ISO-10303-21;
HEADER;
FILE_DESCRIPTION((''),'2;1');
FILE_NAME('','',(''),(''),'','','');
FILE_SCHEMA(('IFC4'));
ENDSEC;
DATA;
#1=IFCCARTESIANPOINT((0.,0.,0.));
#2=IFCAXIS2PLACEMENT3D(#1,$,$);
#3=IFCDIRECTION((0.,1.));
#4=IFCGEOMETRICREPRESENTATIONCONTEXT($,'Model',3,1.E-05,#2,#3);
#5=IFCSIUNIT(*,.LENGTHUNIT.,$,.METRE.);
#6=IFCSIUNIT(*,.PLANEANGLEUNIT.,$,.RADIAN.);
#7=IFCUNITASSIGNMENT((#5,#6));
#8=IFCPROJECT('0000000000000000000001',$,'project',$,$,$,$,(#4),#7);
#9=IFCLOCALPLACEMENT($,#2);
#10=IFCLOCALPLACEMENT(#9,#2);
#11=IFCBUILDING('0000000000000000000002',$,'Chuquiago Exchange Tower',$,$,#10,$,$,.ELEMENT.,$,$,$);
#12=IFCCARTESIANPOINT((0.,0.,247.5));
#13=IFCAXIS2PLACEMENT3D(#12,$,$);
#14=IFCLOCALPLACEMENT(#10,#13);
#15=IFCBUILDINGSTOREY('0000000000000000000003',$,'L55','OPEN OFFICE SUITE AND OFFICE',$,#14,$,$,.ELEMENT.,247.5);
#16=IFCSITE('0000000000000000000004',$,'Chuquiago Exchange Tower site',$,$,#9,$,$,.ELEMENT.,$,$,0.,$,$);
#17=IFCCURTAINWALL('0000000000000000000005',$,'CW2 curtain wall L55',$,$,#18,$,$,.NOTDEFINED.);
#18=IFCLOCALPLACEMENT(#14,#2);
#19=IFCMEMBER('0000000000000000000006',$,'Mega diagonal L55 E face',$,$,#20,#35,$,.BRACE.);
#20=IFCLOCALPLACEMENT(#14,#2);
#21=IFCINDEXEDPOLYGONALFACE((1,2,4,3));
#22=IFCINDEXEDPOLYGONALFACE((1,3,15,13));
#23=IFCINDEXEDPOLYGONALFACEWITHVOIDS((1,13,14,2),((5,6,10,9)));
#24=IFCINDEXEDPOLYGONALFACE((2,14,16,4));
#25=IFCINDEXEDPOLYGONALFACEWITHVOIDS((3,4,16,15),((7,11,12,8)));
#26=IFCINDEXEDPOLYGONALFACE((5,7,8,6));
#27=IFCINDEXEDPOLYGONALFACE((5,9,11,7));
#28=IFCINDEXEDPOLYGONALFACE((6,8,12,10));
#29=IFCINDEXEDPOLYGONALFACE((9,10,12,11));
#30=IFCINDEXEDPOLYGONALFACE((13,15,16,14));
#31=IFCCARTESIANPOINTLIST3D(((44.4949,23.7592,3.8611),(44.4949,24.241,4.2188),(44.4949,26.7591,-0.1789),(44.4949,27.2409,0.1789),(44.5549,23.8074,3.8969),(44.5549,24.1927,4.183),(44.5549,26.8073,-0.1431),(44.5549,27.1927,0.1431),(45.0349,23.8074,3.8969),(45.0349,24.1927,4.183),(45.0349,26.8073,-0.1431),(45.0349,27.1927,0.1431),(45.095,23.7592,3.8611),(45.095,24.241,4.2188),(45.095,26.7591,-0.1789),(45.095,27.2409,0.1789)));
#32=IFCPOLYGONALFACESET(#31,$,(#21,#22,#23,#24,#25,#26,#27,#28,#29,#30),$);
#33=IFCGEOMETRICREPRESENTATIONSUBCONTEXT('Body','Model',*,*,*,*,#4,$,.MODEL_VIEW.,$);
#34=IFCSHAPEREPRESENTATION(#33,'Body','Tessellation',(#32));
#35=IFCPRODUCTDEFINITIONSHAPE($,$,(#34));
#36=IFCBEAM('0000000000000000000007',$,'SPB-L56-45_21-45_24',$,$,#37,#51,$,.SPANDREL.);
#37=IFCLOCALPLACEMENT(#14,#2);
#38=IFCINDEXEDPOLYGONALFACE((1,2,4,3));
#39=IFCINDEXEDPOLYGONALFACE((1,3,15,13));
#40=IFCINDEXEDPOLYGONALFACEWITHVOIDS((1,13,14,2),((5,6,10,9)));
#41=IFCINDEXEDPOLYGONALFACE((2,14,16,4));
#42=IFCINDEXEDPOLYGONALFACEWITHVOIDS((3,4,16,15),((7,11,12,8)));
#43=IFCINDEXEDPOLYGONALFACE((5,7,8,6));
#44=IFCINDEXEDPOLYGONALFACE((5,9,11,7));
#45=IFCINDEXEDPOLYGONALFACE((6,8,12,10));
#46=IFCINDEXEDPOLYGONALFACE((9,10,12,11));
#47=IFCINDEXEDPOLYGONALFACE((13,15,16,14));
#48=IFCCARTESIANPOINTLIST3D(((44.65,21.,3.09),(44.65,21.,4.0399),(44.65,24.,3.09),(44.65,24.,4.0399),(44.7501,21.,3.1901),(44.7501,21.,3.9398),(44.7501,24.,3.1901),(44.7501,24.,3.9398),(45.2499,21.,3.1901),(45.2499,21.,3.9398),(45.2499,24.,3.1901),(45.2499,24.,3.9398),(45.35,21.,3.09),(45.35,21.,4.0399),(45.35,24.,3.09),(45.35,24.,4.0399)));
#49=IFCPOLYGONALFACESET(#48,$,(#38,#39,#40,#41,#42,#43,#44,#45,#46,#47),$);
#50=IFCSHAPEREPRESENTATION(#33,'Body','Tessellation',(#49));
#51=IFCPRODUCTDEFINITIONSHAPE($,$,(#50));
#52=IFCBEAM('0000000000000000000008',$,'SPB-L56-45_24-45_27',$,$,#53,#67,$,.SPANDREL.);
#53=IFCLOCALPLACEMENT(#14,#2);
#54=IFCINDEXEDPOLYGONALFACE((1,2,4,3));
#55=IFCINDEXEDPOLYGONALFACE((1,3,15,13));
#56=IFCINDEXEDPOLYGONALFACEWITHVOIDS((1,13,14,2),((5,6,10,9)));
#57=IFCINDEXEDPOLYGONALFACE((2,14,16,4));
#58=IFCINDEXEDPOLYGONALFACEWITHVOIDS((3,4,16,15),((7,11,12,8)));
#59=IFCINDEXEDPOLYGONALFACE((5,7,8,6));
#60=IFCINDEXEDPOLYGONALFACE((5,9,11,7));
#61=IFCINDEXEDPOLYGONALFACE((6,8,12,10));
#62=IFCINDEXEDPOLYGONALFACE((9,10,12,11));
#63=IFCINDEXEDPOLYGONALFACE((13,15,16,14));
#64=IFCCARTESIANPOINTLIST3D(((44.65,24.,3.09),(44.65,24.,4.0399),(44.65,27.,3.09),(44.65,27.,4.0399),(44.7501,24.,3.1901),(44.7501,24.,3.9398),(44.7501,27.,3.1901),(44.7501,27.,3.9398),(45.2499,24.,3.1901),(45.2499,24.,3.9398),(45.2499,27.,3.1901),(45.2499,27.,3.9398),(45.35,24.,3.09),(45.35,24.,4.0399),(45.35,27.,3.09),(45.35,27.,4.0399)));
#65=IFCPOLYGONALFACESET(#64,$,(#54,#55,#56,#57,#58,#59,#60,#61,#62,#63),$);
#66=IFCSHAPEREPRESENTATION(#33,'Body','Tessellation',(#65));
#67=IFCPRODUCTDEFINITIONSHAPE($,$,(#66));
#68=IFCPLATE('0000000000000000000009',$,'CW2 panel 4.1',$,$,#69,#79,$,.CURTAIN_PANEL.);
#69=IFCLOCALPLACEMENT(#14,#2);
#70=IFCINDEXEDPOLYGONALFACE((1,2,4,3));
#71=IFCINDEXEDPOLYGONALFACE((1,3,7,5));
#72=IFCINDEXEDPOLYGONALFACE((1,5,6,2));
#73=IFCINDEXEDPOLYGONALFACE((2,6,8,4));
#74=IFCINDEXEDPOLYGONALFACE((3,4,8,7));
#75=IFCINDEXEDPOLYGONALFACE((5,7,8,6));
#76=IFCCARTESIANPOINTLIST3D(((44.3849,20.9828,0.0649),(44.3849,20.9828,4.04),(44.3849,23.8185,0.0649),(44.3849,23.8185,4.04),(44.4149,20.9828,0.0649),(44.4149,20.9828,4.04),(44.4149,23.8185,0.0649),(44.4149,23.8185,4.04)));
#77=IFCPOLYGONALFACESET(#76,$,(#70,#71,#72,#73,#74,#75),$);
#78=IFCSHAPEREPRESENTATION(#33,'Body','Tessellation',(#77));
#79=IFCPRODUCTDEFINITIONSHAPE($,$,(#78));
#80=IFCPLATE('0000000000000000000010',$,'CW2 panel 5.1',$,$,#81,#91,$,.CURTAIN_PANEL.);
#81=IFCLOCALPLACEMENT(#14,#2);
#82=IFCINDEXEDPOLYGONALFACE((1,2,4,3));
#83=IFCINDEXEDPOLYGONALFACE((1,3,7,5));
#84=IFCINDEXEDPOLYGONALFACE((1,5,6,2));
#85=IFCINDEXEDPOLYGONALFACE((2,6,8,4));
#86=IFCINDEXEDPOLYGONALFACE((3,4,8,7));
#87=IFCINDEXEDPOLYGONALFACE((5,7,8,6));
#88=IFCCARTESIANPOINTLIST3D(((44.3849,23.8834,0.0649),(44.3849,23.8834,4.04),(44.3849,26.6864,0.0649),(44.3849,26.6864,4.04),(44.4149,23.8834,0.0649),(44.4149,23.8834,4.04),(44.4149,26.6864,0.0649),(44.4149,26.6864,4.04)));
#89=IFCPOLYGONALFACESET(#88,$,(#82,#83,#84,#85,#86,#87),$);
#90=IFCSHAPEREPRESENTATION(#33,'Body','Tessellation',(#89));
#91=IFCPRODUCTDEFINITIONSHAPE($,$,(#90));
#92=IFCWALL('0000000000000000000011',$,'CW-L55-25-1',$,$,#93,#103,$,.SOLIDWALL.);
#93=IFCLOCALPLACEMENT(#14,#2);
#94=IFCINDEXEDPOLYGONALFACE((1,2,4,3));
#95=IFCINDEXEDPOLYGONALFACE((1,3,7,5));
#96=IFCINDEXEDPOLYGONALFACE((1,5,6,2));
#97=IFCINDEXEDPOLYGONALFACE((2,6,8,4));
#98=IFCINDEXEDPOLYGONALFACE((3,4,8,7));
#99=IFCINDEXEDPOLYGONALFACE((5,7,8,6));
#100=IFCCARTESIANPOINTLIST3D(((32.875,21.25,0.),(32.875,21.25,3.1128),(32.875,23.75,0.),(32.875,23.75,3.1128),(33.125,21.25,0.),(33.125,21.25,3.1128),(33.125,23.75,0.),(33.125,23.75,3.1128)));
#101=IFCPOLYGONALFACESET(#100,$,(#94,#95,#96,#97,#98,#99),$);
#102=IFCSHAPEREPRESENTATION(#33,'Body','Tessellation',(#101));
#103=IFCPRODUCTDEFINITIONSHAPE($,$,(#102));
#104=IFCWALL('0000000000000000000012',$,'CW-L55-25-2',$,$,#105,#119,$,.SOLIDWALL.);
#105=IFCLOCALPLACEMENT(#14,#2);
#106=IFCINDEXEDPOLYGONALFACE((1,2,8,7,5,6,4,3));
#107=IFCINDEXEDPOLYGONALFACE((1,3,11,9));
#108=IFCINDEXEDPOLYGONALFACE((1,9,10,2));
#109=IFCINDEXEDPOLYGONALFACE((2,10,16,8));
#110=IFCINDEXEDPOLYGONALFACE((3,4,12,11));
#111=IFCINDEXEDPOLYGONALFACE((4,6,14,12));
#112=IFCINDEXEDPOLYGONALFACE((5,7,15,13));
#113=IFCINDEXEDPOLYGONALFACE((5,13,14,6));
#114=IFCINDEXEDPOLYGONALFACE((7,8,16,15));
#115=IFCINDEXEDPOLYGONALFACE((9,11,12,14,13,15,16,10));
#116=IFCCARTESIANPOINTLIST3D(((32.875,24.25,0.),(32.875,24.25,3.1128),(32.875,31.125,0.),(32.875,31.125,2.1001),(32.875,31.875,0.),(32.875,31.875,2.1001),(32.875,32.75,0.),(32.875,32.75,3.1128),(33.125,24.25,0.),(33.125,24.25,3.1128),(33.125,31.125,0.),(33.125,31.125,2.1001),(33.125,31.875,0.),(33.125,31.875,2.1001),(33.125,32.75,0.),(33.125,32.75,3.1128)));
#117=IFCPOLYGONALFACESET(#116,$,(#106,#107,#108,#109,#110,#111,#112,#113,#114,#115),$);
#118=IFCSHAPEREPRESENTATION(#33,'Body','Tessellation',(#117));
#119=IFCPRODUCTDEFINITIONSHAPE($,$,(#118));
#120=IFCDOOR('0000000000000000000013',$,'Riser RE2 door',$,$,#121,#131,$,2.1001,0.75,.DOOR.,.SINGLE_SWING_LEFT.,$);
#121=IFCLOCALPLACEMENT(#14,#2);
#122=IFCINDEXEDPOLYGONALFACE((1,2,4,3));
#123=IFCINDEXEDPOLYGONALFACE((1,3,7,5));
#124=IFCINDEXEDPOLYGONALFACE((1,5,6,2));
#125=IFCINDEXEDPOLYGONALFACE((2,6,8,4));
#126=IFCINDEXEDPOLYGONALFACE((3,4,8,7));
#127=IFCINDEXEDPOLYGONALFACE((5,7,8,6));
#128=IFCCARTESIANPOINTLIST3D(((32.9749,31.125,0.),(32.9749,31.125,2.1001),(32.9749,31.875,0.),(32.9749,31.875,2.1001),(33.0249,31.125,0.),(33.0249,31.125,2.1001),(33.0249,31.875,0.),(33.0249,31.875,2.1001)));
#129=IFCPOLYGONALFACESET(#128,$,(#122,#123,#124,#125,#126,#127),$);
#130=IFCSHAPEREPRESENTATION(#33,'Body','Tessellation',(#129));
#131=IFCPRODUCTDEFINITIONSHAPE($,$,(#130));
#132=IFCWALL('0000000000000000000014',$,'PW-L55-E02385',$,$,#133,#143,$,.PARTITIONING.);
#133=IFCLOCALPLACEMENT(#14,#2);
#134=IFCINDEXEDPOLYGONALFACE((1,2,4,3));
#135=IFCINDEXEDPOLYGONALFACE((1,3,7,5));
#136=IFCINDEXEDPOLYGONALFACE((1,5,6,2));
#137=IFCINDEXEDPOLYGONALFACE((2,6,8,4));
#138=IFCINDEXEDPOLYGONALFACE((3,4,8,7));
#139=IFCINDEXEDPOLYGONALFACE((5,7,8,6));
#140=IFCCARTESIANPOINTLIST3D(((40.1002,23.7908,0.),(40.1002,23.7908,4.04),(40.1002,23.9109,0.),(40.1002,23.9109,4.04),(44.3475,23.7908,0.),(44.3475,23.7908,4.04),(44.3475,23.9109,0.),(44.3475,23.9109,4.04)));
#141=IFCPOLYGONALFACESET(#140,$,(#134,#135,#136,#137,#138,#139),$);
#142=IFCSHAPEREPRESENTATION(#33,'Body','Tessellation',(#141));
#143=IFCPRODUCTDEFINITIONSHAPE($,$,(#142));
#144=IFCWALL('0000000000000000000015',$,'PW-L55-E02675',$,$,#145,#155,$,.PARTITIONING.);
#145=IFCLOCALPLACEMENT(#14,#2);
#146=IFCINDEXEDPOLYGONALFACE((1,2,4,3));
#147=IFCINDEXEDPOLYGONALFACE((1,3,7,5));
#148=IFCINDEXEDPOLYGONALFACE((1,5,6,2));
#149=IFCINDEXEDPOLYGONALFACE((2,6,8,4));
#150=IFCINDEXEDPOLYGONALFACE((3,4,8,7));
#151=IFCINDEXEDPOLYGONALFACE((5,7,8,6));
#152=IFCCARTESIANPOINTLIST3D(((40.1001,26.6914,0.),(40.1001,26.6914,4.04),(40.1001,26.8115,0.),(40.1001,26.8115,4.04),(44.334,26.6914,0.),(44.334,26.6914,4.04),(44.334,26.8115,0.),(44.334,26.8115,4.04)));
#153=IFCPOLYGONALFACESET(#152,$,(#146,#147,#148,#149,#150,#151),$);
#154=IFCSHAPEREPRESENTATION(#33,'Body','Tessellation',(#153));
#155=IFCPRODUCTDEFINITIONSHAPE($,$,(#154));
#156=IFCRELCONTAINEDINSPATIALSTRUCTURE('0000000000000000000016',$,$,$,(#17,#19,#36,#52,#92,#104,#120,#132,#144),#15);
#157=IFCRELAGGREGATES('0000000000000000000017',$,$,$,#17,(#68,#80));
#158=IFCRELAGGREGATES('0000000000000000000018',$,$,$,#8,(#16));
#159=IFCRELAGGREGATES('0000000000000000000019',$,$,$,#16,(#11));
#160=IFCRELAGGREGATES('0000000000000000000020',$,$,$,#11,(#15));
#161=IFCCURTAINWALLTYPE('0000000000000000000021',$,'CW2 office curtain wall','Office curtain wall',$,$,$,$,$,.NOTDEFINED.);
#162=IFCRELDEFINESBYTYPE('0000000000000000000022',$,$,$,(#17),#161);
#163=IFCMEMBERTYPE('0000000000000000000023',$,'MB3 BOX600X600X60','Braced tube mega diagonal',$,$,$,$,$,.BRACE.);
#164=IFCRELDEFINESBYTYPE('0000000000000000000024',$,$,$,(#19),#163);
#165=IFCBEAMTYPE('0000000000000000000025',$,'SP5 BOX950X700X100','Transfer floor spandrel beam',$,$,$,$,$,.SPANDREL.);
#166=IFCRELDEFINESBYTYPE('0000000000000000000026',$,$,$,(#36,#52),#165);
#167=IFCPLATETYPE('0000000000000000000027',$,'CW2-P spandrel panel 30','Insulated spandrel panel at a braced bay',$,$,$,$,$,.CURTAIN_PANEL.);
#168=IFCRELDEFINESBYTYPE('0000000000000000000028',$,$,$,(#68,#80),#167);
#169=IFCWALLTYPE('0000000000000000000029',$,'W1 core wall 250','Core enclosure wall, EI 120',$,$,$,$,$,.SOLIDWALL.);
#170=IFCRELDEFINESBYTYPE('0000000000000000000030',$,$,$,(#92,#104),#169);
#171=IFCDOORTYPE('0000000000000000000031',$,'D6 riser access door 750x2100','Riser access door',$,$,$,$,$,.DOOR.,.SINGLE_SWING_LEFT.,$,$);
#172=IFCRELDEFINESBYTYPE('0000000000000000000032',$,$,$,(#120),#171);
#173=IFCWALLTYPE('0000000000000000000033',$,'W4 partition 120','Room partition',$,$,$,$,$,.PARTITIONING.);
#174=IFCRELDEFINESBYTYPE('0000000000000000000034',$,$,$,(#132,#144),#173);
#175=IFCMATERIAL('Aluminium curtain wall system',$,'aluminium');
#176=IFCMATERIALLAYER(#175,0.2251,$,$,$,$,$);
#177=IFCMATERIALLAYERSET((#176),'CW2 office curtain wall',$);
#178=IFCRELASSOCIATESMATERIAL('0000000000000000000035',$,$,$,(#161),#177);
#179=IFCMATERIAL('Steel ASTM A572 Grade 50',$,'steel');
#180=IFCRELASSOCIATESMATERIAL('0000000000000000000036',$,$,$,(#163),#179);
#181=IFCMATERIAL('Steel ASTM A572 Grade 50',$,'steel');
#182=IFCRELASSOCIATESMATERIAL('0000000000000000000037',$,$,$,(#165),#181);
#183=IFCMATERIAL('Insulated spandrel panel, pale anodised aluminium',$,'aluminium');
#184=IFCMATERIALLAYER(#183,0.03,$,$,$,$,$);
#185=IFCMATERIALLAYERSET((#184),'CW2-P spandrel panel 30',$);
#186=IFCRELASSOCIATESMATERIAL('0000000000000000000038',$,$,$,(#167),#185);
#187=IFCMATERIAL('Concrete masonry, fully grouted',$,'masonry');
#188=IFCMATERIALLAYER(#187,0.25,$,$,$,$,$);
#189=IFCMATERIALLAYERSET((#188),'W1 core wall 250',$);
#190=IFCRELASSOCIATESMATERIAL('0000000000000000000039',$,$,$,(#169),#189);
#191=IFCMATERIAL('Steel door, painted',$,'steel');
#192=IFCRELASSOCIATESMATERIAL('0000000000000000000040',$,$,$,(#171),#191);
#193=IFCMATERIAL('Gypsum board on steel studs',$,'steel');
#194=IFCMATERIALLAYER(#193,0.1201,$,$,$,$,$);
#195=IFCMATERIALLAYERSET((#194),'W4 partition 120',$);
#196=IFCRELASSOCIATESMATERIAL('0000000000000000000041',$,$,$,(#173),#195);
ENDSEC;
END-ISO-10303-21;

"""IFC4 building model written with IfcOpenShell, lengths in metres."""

from ifc_helpers import new_model, si_unit, direction, frame, frame_2d, origin, origin_2d, place, context, subcontext, project, spatial, rectangle, hollow_rectangle, extrude, material, layer, layer_set, material_profile, profile_set, type_object, element, fill, aggregate, save


model = new_model("IFC4")

# Units and contexts
model_context = context("Model", 3, precision=1e-05, world=origin(), true_north=direction((0.0, 1.0)))
body_context = subcontext(model_context, "Body", "Model", "MODEL_VIEW")
ifc_project = project(units=[si_unit("LENGTHUNIT", "METRE"), si_unit("PLANEANGLEUNIT", "RADIAN")], contexts=[model_context])

# Site, building, storey
site_placement = place(None, origin())
site = spatial("IfcSite", under=ifc_project, at=site_placement, Name="Chuquiago Exchange Tower site", CompositionType="ELEMENT", RefElevation=0.0)
building_placement = place(site_placement, origin())
building = spatial("IfcBuilding", under=site, at=building_placement, Name="Chuquiago Exchange Tower", CompositionType="ELEMENT")
storey_placement = place(building_placement, frame((0.0, 0.0, 247.5)))
storey = spatial("IfcBuildingStorey", under=building, at=storey_placement, Name="L55", Description="OPEN OFFICE SUITE AND OFFICE", CompositionType="ELEMENT", Elevation=247.5)

# Curtain wall
ifc_material_1 = material(Name="Aluminium curtain wall system", Category="aluminium")
ifc_layer_1 = layer(ifc_material_1, 0.2251)
ifc_layer_set_1 = layer_set([ifc_layer_1], Name="CW2 office curtain wall")
curtain_wall_type_1 = type_object("IfcCurtainWallType", Name="CW2 office curtain wall", Description="Office curtain wall", PredefinedType="NOTDEFINED", material=ifc_layer_set_1)
curtain_wall_1_placement = place(storey_placement, origin())
curtain_wall_1 = element("IfcCurtainWall", 1, at=curtain_wall_1_placement, inside=storey, type_object=curtain_wall_type_1, Name="CW2 curtain wall L55", PredefinedType="NOTDEFINED")

# Member
ifc_material_2 = material(Name="Steel ASTM A572 Grade 50", Category="steel")
ifc_material_profile_1 = material_profile(ifc_material_2, hollow_rectangle(XDim=0.6001, YDim=0.6001, WallThickness=0.0601, at=origin_2d()), Name="BOX600X600X60")
ifc_profile_set_1 = profile_set([ifc_material_profile_1], Name="Steel ASTM A572 Grade 50")
member_type_1 = type_object("IfcMemberType", Name="MB3 BOX600X600X60", Description="Braced tube mega diagonal", PredefinedType="BRACE", material=ifc_profile_set_1)
for number, where, z_axis, x_axis, name in (
    (2, (44.7949, 27.0, 0.0), (0.0, -0.596174, 0.802855), (1.0, 0.0, 0.0), "Mega diagonal L55 E face"),
):
    element("IfcMember", number, at=place(storey_placement, frame(where, z_axis=z_axis, x_axis=x_axis)), inside=storey, type_object=member_type_1, Name=name, PredefinedType="BRACE", context=body_context, shape_type="SweptSolid", body=[
        extrude(hollow_rectangle(XDim=0.6001, YDim=0.6001, WallThickness=0.0601, at=origin_2d()), origin(), (0.0, 0.0, 1.0), 5.032),
    ])

# Beams
ifc_material_3 = material(Name="Steel ASTM A572 Grade 50", Category="steel")
ifc_material_profile_2 = material_profile(ifc_material_3, hollow_rectangle(XDim=0.7, YDim=0.95, WallThickness=0.1001, at=origin_2d()), Name="BOX950X700X100")
ifc_profile_set_2 = profile_set([ifc_material_profile_2], Name="Steel ASTM A572 Grade 50")
beam_type_1 = type_object("IfcBeamType", Name="SP5 BOX950X700X100", Description="Transfer floor spandrel beam", PredefinedType="SPANDREL", material=ifc_profile_set_2)
for number, where, z_axis, x_axis, name in (
    (3, (45.0, 21.0, 3.5649), (0.0, 1.0, 0.0), (-1.0, 0.0, 0.0), "SPB-L56-45_21-45_24"),
    (4, (45.0, 24.0, 3.5649), (0.0, 1.0, 0.0), (-1.0, 0.0, 0.0), "SPB-L56-45_24-45_27"),
):
    element("IfcBeam", number, at=place(storey_placement, frame(where, z_axis=z_axis, x_axis=x_axis)), inside=storey, type_object=beam_type_1, Name=name, PredefinedType="SPANDREL", context=body_context, shape_type="SweptSolid", body=[
        extrude(hollow_rectangle(XDim=0.7, YDim=0.95, WallThickness=0.1001, at=origin_2d()), origin(), (0.0, 0.0, 1.0), 3.0),
    ])

# Plates
ifc_material_4 = material(Name="Insulated spandrel panel, pale anodised aluminium", Category="aluminium")
ifc_layer_2 = layer(ifc_material_4, 0.03)
ifc_layer_set_2 = layer_set([ifc_layer_2], Name="CW2-P spandrel panel 30")
plate_type = type_object("IfcPlateType", Name="CW2-P spandrel panel 30", Description="Insulated spandrel panel at a braced bay", PredefinedType="CURTAIN_PANEL", material=ifc_layer_set_2)
plate_1_placement = place(storey_placement, frame((44.3999, 22.4006, 0.0649), z_axis=(0.0, 0.0, 1.0), x_axis=(0.0, 1.0, 0.0)))
plate_1 = element("IfcPlate", 5, at=plate_1_placement, type_object=plate_type, Name="CW2 panel 4.1", PredefinedType="CURTAIN_PANEL", context=body_context, shape_type="SweptSolid", body=[
    extrude(rectangle(XDim=2.8357, YDim=0.03, at=origin_2d()), origin(), (0.0, 0.0, 1.0), 3.9751),
])
plate_2_placement = place(storey_placement, frame((44.3999, 25.2849, 0.0649), z_axis=(0.0, 0.0, 1.0), x_axis=(0.0, 1.0, 0.0)))
plate_2 = element("IfcPlate", 6, at=plate_2_placement, type_object=plate_type, Name="CW2 panel 5.1", PredefinedType="CURTAIN_PANEL", context=body_context, shape_type="SweptSolid", body=[
    extrude(rectangle(XDim=2.803, YDim=0.03, at=origin_2d()), origin(), (0.0, 0.0, 1.0), 3.9751),
])
aggregate(curtain_wall_1, [plate_1, plate_2])

# Wall
ifc_material_5 = material(Name="Concrete masonry, fully grouted", Category="masonry")
ifc_layer_3 = layer(ifc_material_5, 0.25)
ifc_layer_set_3 = layer_set([ifc_layer_3], Name="W1 core wall 250")
wall_type_1 = type_object("IfcWallType", Name="W1 core wall 250", Description="Core enclosure wall, EI 120", PredefinedType="SOLIDWALL", material=ifc_layer_set_3)
wall_1_placement = place(storey_placement, frame((33.0, 21.25, 0.0), z_axis=(0.0, 0.0, 1.0), x_axis=(0.0, 1.0, 0.0)))
element("IfcWall", 7, at=wall_1_placement, inside=storey, type_object=wall_type_1, Name="CW-L55-25-1", PredefinedType="SOLIDWALL", context=body_context, shape_type="SweptSolid", body=[
    extrude(rectangle(XDim=2.5, YDim=0.25, at=frame_2d((1.25, 0.0))), origin(), (0.0, 0.0, 1.0), 3.1128),
])

# Wall, opening, door
wall_2_placement = place(storey_placement, frame((33.0, 24.25, 0.0), z_axis=(0.0, 0.0, 1.0), x_axis=(0.0, 1.0, 0.0)))
wall_2 = element("IfcWall", 8, at=wall_2_placement, inside=storey, type_object=wall_type_1, Name="CW-L55-25-2", PredefinedType="SOLIDWALL", context=body_context, shape_type="SweptSolid", body=[
    extrude(rectangle(XDim=8.5, YDim=0.25, at=frame_2d((4.25, 0.0))), origin(), (0.0, 0.0, 1.0), 3.1128),
])
opening_1_placement = place(wall_2_placement, frame((6.875, 0.0, 0.0)))
opening_1 = element("IfcOpeningElement", 9, at=opening_1_placement, cuts=wall_2, PredefinedType="OPENING", context=body_context, shape_type="SweptSolid", body=[
    extrude(rectangle(XDim=0.75, YDim=2.1001, at=frame_2d((0.375, 1.05))), frame((0.0, 0.135, 0.0), z_axis=(0.0, -1.0, 0.0), x_axis=(1.0, 0.0, 0.0)), (0.0, 0.0, 1.0), 0.27),
])
ifc_material_6 = material(Name="Steel door, painted", Category="steel")
door_type_1 = type_object("IfcDoorType", Name="D6 riser access door 750x2100", Description="Riser access door", OperationType="SINGLE_SWING_LEFT", PredefinedType="DOOR", material=ifc_material_6)
door_1_placement = place(opening_1_placement, frame((0.75, 0.0, 0.0), z_axis=(0.0, 0.0, 1.0), x_axis=(-1.0, 0.0, 0.0)))
door_1 = element("IfcDoor", 10, at=door_1_placement, inside=storey, type_object=door_type_1, Name="Riser RE2 door", OperationType="SINGLE_SWING_LEFT", OverallHeight=2.1001, OverallWidth=0.75, PredefinedType="DOOR", context=body_context, shape_type="SweptSolid", body=[
    extrude(rectangle(XDim=0.75, YDim=2.1001, at=frame_2d((0.375, 1.05))), frame((0.0, 0.0249, 0.0), z_axis=(0.0, -1.0, 0.0), x_axis=(1.0, 0.0, 0.0)), (0.0, 0.0, 1.0), 0.05),
])
fill(opening_1, door_1)

# Walls
ifc_material_7 = material(Name="Gypsum board on steel studs", Category="steel")
ifc_layer_4 = layer(ifc_material_7, 0.1201)
ifc_layer_set_4 = layer_set([ifc_layer_4], Name="W4 partition 120")
wall_type_2 = type_object("IfcWallType", Name="W4 partition 120", Description="Room partition", PredefinedType="PARTITIONING", material=ifc_layer_set_4)
wall_3_placement = place(storey_placement, frame((44.3474, 23.8508, 0.0), z_axis=(0.0, 0.0, 1.0), x_axis=(-1.0, 0.0, 0.0)))
element("IfcWall", 11, at=wall_3_placement, inside=storey, type_object=wall_type_2, Name="PW-L55-E02385", PredefinedType="PARTITIONING", context=body_context, shape_type="SweptSolid", body=[
    extrude(rectangle(XDim=4.2473, YDim=0.1201, at=frame_2d((2.1235, 0.0))), origin(), (0.0, 0.0, 1.0), 4.04),
])
wall_4_placement = place(storey_placement, frame((44.334, 26.7515, 0.0), z_axis=(0.0, 0.0, 1.0), x_axis=(-1.0, 0.0, 0.0)))
element("IfcWall", 12, at=wall_4_placement, inside=storey, type_object=wall_type_2, Name="PW-L55-E02675", PredefinedType="PARTITIONING", context=body_context, shape_type="SweptSolid", body=[
    extrude(rectangle(XDim=4.2339, YDim=0.1201, at=frame_2d((2.1169, 0.0))), origin(), (0.0, 0.0, 1.0), 4.04),
])

save(model, "model.ifc")
